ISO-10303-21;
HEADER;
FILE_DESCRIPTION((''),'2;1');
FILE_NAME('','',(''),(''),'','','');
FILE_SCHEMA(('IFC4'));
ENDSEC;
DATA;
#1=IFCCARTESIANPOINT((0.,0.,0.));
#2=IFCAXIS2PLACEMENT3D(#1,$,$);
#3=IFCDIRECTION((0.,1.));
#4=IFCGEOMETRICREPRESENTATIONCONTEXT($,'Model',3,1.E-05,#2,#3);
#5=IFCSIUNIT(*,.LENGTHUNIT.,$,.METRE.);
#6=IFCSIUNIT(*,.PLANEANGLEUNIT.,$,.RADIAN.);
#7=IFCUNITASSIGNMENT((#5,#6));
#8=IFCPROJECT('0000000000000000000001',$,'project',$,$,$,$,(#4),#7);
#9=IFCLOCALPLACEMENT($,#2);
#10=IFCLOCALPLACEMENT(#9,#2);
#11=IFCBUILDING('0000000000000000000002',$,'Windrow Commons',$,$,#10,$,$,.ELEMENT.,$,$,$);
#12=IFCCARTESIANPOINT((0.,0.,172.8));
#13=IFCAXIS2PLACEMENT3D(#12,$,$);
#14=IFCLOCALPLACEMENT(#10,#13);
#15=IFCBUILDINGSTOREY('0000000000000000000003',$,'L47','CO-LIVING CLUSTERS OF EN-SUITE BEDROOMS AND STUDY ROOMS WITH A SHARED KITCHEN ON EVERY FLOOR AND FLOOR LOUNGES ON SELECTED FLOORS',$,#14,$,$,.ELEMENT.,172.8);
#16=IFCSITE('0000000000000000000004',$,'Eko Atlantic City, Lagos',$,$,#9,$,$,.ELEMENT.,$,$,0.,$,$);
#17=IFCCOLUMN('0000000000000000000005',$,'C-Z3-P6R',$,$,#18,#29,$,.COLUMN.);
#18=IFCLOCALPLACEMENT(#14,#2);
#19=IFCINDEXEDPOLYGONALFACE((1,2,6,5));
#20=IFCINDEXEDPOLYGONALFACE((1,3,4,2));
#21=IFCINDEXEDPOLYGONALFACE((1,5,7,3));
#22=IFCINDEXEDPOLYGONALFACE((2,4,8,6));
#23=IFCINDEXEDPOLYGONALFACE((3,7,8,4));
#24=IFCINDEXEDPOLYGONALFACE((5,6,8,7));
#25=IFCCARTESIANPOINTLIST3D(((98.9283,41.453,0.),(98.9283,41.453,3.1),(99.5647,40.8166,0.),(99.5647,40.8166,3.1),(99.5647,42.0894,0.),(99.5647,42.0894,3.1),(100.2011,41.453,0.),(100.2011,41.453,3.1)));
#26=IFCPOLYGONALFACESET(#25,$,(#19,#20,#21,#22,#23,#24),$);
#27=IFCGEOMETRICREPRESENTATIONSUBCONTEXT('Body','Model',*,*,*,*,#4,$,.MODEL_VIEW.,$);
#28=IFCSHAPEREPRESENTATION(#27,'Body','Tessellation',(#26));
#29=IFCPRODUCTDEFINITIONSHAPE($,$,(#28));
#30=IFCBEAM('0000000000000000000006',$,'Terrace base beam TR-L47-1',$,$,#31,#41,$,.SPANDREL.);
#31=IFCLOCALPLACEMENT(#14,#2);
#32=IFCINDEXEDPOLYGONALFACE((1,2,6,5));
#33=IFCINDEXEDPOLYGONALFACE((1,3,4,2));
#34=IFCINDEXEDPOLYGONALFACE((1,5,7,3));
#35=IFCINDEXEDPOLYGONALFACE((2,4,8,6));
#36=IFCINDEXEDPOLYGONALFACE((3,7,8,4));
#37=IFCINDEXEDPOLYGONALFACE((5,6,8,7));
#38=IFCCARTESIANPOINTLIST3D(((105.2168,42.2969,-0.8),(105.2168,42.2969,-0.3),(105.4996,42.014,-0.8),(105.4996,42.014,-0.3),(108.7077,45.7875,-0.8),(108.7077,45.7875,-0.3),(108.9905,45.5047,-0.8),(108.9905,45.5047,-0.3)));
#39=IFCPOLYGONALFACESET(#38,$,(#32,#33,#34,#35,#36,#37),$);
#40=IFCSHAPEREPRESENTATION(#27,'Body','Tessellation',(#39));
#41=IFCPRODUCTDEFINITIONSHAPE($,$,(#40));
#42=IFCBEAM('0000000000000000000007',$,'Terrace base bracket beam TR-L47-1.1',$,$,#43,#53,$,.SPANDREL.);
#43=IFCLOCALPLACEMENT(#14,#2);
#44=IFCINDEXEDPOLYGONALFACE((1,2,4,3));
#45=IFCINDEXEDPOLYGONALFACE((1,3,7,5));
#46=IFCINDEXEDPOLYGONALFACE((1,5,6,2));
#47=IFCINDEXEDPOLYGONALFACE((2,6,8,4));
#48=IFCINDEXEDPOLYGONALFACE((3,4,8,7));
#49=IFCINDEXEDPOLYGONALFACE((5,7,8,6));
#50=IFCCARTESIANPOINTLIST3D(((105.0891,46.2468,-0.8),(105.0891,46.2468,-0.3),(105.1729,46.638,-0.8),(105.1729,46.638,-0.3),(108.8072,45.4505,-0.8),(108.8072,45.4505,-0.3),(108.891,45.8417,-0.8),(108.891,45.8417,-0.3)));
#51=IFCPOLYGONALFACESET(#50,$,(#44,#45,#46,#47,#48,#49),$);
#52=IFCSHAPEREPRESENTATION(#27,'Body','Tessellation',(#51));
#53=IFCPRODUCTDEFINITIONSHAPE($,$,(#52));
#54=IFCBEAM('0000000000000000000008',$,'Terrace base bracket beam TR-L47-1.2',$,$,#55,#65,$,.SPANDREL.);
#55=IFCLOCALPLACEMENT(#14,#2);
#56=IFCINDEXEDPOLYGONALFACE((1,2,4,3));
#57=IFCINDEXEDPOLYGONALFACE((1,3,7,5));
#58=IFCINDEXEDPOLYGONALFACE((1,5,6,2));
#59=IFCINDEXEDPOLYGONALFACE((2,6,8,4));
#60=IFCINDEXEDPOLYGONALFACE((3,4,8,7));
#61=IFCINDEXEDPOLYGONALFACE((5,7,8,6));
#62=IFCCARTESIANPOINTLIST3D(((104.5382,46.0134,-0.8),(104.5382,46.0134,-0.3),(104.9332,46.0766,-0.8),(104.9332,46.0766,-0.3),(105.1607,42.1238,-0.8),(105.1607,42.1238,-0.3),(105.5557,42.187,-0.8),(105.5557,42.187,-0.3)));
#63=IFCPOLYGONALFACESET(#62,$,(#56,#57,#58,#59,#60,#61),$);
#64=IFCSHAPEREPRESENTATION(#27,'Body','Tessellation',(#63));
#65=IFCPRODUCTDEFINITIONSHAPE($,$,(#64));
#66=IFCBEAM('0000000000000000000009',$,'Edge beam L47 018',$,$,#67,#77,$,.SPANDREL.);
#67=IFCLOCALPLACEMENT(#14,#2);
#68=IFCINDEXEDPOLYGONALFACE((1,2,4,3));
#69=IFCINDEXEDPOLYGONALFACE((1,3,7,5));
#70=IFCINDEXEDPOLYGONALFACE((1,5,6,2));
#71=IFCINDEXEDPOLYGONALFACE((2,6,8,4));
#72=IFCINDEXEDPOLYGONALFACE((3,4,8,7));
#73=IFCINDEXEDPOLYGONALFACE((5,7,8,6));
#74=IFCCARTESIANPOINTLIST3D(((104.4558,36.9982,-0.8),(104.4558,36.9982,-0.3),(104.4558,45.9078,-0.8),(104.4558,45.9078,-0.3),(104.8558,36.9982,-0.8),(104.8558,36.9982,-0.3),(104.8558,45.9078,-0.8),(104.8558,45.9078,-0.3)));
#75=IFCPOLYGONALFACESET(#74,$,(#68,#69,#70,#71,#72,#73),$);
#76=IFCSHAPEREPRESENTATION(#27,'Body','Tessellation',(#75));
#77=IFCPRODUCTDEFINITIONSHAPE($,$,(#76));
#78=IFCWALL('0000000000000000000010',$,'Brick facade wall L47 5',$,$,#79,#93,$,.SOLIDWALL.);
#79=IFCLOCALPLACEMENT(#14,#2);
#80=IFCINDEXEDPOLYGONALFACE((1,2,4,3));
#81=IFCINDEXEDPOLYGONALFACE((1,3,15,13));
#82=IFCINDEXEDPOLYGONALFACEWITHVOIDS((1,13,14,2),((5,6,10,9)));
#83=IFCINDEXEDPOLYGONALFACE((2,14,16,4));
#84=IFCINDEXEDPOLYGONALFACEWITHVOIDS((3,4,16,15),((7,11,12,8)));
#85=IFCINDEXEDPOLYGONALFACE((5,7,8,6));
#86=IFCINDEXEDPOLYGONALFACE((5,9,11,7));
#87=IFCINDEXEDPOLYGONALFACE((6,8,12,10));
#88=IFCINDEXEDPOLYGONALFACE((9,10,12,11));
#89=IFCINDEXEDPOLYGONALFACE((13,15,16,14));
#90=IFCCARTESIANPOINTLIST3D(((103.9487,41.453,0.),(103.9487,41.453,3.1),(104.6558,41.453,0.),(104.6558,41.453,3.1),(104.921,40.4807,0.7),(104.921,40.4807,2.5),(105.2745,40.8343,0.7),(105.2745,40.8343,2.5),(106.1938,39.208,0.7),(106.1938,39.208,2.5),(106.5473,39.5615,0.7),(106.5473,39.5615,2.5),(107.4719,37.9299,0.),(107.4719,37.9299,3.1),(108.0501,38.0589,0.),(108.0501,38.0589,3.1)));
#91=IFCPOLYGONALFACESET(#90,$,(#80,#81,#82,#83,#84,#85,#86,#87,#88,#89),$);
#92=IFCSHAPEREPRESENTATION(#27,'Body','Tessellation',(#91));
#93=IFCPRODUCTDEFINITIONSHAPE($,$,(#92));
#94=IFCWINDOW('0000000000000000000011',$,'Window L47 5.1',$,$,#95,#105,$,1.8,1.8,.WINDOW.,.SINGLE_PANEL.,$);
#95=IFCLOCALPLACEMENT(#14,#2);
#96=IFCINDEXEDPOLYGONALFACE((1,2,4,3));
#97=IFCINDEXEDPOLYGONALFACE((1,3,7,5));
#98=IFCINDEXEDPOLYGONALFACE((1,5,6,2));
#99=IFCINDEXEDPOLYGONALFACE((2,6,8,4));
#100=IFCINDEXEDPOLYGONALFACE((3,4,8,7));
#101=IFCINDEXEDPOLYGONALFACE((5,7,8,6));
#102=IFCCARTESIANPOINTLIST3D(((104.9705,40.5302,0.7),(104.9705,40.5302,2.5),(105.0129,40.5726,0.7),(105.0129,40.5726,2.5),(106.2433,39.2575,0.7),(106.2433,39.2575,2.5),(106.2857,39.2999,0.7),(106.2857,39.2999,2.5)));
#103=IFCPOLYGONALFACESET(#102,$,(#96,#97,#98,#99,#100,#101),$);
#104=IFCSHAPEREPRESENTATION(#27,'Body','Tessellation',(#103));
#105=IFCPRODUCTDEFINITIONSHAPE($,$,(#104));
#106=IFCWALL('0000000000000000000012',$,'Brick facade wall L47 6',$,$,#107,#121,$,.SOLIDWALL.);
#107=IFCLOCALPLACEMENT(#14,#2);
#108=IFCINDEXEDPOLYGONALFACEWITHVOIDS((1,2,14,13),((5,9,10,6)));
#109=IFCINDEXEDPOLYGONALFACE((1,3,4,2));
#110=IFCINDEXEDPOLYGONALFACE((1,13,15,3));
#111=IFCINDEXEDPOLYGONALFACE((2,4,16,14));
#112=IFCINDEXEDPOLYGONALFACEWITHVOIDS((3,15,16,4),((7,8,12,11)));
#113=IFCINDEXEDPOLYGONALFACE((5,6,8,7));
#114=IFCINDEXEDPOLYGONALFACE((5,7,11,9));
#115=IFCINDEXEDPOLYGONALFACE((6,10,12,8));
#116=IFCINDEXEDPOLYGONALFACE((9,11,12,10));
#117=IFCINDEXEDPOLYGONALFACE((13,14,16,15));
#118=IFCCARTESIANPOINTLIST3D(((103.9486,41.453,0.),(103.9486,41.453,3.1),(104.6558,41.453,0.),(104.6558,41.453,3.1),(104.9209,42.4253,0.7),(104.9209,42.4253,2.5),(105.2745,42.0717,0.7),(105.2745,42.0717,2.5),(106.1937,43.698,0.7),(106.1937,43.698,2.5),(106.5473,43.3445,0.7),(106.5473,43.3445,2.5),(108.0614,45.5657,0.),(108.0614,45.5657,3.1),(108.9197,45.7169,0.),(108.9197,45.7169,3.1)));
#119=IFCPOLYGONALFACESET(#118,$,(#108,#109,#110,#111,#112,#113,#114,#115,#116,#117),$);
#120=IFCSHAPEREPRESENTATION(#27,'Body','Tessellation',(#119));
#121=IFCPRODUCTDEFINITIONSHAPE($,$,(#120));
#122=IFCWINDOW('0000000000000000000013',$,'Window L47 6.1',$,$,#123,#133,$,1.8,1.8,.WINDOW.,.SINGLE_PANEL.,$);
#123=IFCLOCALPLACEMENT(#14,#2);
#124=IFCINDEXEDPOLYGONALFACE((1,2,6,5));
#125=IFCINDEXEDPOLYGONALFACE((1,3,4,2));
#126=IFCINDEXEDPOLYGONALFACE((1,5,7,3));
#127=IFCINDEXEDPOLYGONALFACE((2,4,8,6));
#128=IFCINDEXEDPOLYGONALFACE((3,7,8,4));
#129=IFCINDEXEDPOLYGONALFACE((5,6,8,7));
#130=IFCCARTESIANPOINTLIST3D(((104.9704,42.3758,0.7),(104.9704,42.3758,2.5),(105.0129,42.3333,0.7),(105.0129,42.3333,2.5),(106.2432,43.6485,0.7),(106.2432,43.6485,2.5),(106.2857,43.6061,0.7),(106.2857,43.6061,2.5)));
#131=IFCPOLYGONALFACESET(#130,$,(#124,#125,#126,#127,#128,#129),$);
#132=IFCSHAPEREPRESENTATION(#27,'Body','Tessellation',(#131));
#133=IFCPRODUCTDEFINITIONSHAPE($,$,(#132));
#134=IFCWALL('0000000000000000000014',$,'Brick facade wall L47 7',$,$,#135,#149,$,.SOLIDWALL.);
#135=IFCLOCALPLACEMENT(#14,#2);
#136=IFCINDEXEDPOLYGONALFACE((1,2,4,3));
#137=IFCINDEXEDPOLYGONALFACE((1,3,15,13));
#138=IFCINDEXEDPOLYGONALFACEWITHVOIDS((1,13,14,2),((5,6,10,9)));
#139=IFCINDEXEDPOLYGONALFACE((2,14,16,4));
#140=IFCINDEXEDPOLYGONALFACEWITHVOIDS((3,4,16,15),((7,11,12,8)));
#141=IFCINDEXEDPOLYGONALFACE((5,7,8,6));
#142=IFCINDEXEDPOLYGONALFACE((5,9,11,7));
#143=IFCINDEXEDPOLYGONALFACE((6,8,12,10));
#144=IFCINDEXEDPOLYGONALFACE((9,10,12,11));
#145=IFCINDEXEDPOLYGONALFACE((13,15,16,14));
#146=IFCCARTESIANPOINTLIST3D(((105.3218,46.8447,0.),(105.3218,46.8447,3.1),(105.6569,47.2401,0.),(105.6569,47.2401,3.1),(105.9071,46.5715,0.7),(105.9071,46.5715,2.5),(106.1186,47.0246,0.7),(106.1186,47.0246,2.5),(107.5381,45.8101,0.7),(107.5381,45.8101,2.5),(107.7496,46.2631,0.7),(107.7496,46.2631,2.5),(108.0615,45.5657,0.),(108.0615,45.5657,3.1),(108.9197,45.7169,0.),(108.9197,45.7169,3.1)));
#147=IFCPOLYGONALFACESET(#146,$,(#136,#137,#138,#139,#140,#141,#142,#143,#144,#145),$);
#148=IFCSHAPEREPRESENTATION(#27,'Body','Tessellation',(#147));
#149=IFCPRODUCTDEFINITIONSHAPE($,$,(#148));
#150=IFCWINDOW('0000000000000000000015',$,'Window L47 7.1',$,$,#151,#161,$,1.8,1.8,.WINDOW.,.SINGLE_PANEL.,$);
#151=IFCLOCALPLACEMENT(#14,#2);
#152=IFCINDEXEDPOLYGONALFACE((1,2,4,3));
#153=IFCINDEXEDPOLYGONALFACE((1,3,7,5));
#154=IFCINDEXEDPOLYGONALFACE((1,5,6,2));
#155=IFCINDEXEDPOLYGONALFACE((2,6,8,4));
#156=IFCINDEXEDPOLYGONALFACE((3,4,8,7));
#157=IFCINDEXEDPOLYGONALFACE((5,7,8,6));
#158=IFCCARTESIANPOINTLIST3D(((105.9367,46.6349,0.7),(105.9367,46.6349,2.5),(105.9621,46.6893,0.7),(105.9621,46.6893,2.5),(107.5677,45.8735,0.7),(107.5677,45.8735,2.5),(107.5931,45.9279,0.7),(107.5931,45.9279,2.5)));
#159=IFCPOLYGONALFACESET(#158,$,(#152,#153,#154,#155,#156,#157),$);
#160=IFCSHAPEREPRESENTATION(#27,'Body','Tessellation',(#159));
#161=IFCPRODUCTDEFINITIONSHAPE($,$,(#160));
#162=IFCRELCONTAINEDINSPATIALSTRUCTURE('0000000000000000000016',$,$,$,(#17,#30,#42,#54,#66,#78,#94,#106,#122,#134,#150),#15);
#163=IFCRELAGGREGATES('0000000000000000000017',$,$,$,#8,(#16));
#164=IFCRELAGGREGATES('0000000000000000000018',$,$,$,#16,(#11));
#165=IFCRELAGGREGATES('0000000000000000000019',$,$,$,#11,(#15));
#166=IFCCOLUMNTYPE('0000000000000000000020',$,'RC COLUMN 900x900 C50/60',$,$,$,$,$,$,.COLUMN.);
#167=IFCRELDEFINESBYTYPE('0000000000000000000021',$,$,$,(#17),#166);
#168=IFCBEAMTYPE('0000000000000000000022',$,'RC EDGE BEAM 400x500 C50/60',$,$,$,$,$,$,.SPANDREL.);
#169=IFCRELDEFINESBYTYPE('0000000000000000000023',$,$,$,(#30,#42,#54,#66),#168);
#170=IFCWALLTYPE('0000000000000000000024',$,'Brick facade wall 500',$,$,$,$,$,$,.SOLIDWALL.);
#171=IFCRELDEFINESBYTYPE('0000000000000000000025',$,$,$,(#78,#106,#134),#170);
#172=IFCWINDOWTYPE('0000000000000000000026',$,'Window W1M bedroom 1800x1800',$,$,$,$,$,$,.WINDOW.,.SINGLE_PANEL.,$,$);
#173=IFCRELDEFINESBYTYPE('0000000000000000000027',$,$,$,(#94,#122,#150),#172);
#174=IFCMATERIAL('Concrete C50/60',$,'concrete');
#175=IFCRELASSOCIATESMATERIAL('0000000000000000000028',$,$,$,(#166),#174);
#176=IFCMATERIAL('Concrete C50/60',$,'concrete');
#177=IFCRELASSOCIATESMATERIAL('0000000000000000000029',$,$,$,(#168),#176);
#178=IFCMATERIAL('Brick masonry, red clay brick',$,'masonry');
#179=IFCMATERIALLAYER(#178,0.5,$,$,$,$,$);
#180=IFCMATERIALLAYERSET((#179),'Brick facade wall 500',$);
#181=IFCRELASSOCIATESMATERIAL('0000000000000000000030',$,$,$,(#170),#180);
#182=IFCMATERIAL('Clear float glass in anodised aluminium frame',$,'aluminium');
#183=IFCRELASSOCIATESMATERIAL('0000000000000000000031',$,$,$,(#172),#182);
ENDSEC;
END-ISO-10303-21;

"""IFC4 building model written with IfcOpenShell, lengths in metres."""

from ifc_helpers import new_model, si_unit, direction, frame, frame_2d, origin, origin_2d, place, context, subcontext, project, spatial, polyline, rectangle, outline, extrude, material, layer, layer_set, material_profile, profile_set, type_object, element, fill, save


model = new_model("IFC4")

# Units and contexts
model_context = context("Model", 3, precision=1e-05, world=origin(), true_north=direction((0.0, 1.0)))
body_context = subcontext(model_context, "Body", "Model", "MODEL_VIEW")
ifc_project = project(units=[si_unit("LENGTHUNIT", "METRE"), si_unit("PLANEANGLEUNIT", "RADIAN")], contexts=[model_context])

# Site, building, storey
site_placement = place(None, origin())
site = spatial("IfcSite", under=ifc_project, at=site_placement, Name="Eko Atlantic City, Lagos", CompositionType="ELEMENT", RefElevation=0.0)
building_placement = place(site_placement, origin())
building = spatial("IfcBuilding", under=site, at=building_placement, Name="Windrow Commons", CompositionType="ELEMENT")
storey_placement = place(building_placement, frame((0.0, 0.0, 172.8)))
storey = spatial("IfcBuildingStorey", under=building, at=storey_placement, Name="L47", Description="CO-LIVING CLUSTERS OF EN-SUITE BEDROOMS AND STUDY ROOMS WITH A SHARED KITCHEN ON EVERY FLOOR AND FLOOR LOUNGES ON SELECTED FLOORS", CompositionType="ELEMENT", Elevation=172.8)

# Column
ifc_material_1 = material(Name="Concrete C50/60", Category="concrete")
ifc_material_profile_1 = material_profile(ifc_material_1, rectangle(XDim=0.9, YDim=0.9, at=origin_2d()))
ifc_profile_set_1 = profile_set([ifc_material_profile_1], Name="Concrete C50/60")
column_type = type_object("IfcColumnType", Name="RC COLUMN 900x900 C50/60", PredefinedType="COLUMN", material=ifc_profile_set_1)
column_placement = place(storey_placement, frame((99.5647, 41.453, 0.0), z_axis=(0.0, 0.0, 1.0), x_axis=(0.707107, -0.707107, 0.0)))
element("IfcColumn", 1, at=column_placement, inside=storey, type_object=column_type, Name="C-Z3-P6R", PredefinedType="COLUMN", context=body_context, shape_type="SweptSolid", body=[
    extrude(rectangle(XDim=0.9, YDim=0.9, at=origin_2d()), origin(), (0.0, 0.0, 1.0), 3.1),
])

# Beams
ifc_material_2 = material(Name="Concrete C50/60", Category="concrete")
ifc_material_profile_2 = material_profile(ifc_material_2, rectangle(XDim=0.4, YDim=0.5, at=origin_2d()))
ifc_profile_set_2 = profile_set([ifc_material_profile_2], Name="Concrete C50/60")
beam_type = type_object("IfcBeamType", Name="RC EDGE BEAM 400x500 C50/60", PredefinedType="SPANDREL", material=ifc_profile_set_2)
beam_1_placement = place(storey_placement, frame((108.8491, 45.6461, -0.55), z_axis=(-0.707127, -0.707087, 0.0), x_axis=(0.707087, -0.707127, 0.0)))
element("IfcBeam", 2, at=beam_1_placement, inside=storey, type_object=beam_type, Name="Terrace base beam TR-L47-1", PredefinedType="SPANDREL", context=body_context, shape_type="SweptSolid", body=[
    extrude(rectangle(XDim=0.4, YDim=0.5, at=origin_2d()), origin(), (0.0, 0.0, 1.0), 4.9367),
])
beam_2_placement = place(storey_placement, frame((105.131, 46.4424, -0.55), z_axis=(0.977826, -0.20942, 0.0), x_axis=(0.20942, 0.977826, 0.0)))
element("IfcBeam", 3, at=beam_2_placement, inside=storey, type_object=beam_type, Name="Terrace base bracket beam TR-L47-1.1", PredefinedType="SPANDREL", context=body_context, shape_type="SweptSolid", body=[
    extrude(rectangle(XDim=0.4, YDim=0.5, at=origin_2d()), origin(), (0.0, 0.0, 1.0), 3.8024),
])
beam_3_placement = place(storey_placement, frame((104.7357, 46.045, -0.55), z_axis=(0.158031, -0.987434, 0.0), x_axis=(0.987434, 0.158031, 0.0)))
element("IfcBeam", 4, at=beam_3_placement, inside=storey, type_object=beam_type, Name="Terrace base bracket beam TR-L47-1.2", PredefinedType="SPANDREL", context=body_context, shape_type="SweptSolid", body=[
    extrude(rectangle(XDim=0.4, YDim=0.5, at=origin_2d()), origin(), (0.0, 0.0, 1.0), 3.9391),
])
beam_4_placement = place(storey_placement, frame((104.6558, 45.9078, -0.55), z_axis=(0.0, -1.0, 0.0), x_axis=(1.0, 0.0, 0.0)))
element("IfcBeam", 5, at=beam_4_placement, inside=storey, type_object=beam_type, Name="Edge beam L47 018", PredefinedType="SPANDREL", context=body_context, shape_type="SweptSolid", body=[
    extrude(rectangle(XDim=0.4, YDim=0.5, at=origin_2d()), origin(), (0.0, 0.0, 1.0), 8.9096),
])

# Walls, openings, windows
ifc_material_3 = material(Name="Brick masonry, red clay brick", Category="masonry")
ifc_layer_1 = layer(ifc_material_3, 0.5)
ifc_layer_set_1 = layer_set([ifc_layer_1], Name="Brick facade wall 500")
wall_type_1 = type_object("IfcWallType", Name="Brick facade wall 500", PredefinedType="SOLIDWALL", material=ifc_layer_set_1)
wall_1_placement = place(storey_placement, frame((107.761, 37.9944, 0.0), z_axis=(0.0, 0.0, 1.0), x_axis=(-0.707127, 0.707086, 0.0)))
wall_1 = element("IfcWall", 6, at=wall_1_placement, inside=storey, type_object=wall_type_1, Name="Brick facade wall L47 5", PredefinedType="SOLIDWALL", context=body_context, shape_type="SweptSolid", body=[
    extrude(outline(polyline([(-0.1588, -0.25), (4.6413, -0.25), (5.1413, 0.25), (0.1588, 0.25), (-0.1588, -0.25)])), origin(), (0.0, 0.0, 1.0), 3.1),
])
opening_1_placement = place(wall_1_placement, frame((1.9663, 0.0, 0.7)))
opening_1 = element("IfcOpeningElement", 7, at=opening_1_placement, cuts=wall_1, PredefinedType="OPENING", context=body_context, shape_type="SweptSolid", body=[
    extrude(rectangle(XDim=1.8, YDim=1.8, at=frame_2d((0.9, 0.9))), frame((0.0, 0.26, 0.0), z_axis=(0.0, -1.0, 0.0), x_axis=(1.0, 0.0, 0.0)), (0.0, 0.0, 1.0), 0.52),
])
ifc_material_4 = material(Name="Clear float glass in anodised aluminium frame", Category="aluminium")
window_type = type_object("IfcWindowType", Name="Window W1M bedroom 1800x1800", PartitioningType="SINGLE_PANEL", PredefinedType="WINDOW", material=ifc_material_4)
window_1_placement = place(opening_1_placement, origin())
window_1 = element("IfcWindow", 8, at=window_1_placement, inside=storey, type_object=window_type, Name="Window L47 5.1", OverallHeight=1.8, OverallWidth=1.8, PartitioningType="SINGLE_PANEL", PredefinedType="WINDOW", context=body_context, shape_type="SweptSolid", body=[
    extrude(rectangle(XDim=1.8, YDim=1.8, at=frame_2d((0.9, 0.9))), frame((0.0, 0.18, 0.0), z_axis=(0.0, -1.0, 0.0), x_axis=(1.0, 0.0, 0.0)), (0.0, 0.0, 1.0), 0.06),
])
fill(opening_1, window_1)
wall_2_placement = place(storey_placement, frame((104.3022, 41.453, 0.0), z_axis=(0.0, 0.0, 1.0), x_axis=(0.707115, 0.707098, 0.0)))
wall_2 = element("IfcWall", 9, at=wall_2_placement, inside=storey, type_object=wall_type_1, Name="Brick facade wall L47 6", PredefinedType="SOLIDWALL", context=body_context, shape_type="SweptSolid", body=[
    extrude(outline(polyline([(0.25, -0.25), (6.2801, -0.25), (5.5663, 0.25), (-0.25, 0.25), (0.25, -0.25)])), origin(), (0.0, 0.0, 1.0), 3.1),
])
opening_2_placement = place(wall_2_placement, frame((1.125, 0.0, 0.7)))
opening_2 = element("IfcOpeningElement", 10, at=opening_2_placement, cuts=wall_2, PredefinedType="OPENING", context=body_context, shape_type="SweptSolid", body=[
    extrude(rectangle(XDim=1.8, YDim=1.8, at=frame_2d((0.9, 0.9))), frame((0.0, 0.26, 0.0), z_axis=(0.0, -1.0, 0.0), x_axis=(1.0, 0.0, 0.0)), (0.0, 0.0, 1.0), 0.52),
])
window_2_placement = place(opening_2_placement, origin())
window_2 = element("IfcWindow", 11, at=window_2_placement, inside=storey, type_object=window_type, Name="Window L47 6.1", OverallHeight=1.8, OverallWidth=1.8, PartitioningType="SINGLE_PANEL", PredefinedType="WINDOW", context=body_context, shape_type="SweptSolid", body=[
    extrude(rectangle(XDim=1.8, YDim=1.8, at=frame_2d((0.9, 0.9))), frame((0.0, 0.18, 0.0), z_axis=(0.0, -1.0, 0.0), x_axis=(1.0, 0.0, 0.0)), (0.0, 0.0, 1.0), 0.06),
])
fill(opening_2, window_2)
wall_3_placement = place(storey_placement, frame((108.4906, 45.6413, 0.0), z_axis=(0.0, 0.0, 1.0), x_axis=(-0.906121, 0.423019, 0.0)))
wall_3 = element("IfcWall", 12, at=wall_3_placement, inside=storey, type_object=wall_type_1, Name="Brick facade wall L47 7", PredefinedType="SOLIDWALL", context=body_context, shape_type="SweptSolid", body=[
    extrude(outline(polyline([(-0.3569, -0.25), (3.244, -0.25), (3.3804, 0.25), (0.3569, 0.25), (-0.3569, -0.25)])), origin(), (0.0, 0.0, 1.0), 3.1),
])
opening_3_placement = place(wall_3_placement, frame((0.9345, 0.0, 0.7)))
opening_3 = element("IfcOpeningElement", 13, at=opening_3_placement, cuts=wall_3, PredefinedType="OPENING", context=body_context, shape_type="SweptSolid", body=[
    extrude(rectangle(XDim=1.8, YDim=1.8, at=frame_2d((0.9, 0.9))), frame((0.0, 0.26, 0.0), z_axis=(0.0, -1.0, 0.0), x_axis=(1.0, 0.0, 0.0)), (0.0, 0.0, 1.0), 0.52),
])
window_3_placement = place(opening_3_placement, origin())
window_3 = element("IfcWindow", 14, at=window_3_placement, inside=storey, type_object=window_type, Name="Window L47 7.1", OverallHeight=1.8, OverallWidth=1.8, PartitioningType="SINGLE_PANEL", PredefinedType="WINDOW", context=body_context, shape_type="SweptSolid", body=[
    extrude(rectangle(XDim=1.8, YDim=1.8, at=frame_2d((0.9, 0.9))), frame((0.0, 0.18, 0.0), z_axis=(0.0, -1.0, 0.0), x_axis=(1.0, 0.0, 0.0)), (0.0, 0.0, 1.0), 0.06),
])
fill(opening_3, window_3)

save(model, "model.ifc")
